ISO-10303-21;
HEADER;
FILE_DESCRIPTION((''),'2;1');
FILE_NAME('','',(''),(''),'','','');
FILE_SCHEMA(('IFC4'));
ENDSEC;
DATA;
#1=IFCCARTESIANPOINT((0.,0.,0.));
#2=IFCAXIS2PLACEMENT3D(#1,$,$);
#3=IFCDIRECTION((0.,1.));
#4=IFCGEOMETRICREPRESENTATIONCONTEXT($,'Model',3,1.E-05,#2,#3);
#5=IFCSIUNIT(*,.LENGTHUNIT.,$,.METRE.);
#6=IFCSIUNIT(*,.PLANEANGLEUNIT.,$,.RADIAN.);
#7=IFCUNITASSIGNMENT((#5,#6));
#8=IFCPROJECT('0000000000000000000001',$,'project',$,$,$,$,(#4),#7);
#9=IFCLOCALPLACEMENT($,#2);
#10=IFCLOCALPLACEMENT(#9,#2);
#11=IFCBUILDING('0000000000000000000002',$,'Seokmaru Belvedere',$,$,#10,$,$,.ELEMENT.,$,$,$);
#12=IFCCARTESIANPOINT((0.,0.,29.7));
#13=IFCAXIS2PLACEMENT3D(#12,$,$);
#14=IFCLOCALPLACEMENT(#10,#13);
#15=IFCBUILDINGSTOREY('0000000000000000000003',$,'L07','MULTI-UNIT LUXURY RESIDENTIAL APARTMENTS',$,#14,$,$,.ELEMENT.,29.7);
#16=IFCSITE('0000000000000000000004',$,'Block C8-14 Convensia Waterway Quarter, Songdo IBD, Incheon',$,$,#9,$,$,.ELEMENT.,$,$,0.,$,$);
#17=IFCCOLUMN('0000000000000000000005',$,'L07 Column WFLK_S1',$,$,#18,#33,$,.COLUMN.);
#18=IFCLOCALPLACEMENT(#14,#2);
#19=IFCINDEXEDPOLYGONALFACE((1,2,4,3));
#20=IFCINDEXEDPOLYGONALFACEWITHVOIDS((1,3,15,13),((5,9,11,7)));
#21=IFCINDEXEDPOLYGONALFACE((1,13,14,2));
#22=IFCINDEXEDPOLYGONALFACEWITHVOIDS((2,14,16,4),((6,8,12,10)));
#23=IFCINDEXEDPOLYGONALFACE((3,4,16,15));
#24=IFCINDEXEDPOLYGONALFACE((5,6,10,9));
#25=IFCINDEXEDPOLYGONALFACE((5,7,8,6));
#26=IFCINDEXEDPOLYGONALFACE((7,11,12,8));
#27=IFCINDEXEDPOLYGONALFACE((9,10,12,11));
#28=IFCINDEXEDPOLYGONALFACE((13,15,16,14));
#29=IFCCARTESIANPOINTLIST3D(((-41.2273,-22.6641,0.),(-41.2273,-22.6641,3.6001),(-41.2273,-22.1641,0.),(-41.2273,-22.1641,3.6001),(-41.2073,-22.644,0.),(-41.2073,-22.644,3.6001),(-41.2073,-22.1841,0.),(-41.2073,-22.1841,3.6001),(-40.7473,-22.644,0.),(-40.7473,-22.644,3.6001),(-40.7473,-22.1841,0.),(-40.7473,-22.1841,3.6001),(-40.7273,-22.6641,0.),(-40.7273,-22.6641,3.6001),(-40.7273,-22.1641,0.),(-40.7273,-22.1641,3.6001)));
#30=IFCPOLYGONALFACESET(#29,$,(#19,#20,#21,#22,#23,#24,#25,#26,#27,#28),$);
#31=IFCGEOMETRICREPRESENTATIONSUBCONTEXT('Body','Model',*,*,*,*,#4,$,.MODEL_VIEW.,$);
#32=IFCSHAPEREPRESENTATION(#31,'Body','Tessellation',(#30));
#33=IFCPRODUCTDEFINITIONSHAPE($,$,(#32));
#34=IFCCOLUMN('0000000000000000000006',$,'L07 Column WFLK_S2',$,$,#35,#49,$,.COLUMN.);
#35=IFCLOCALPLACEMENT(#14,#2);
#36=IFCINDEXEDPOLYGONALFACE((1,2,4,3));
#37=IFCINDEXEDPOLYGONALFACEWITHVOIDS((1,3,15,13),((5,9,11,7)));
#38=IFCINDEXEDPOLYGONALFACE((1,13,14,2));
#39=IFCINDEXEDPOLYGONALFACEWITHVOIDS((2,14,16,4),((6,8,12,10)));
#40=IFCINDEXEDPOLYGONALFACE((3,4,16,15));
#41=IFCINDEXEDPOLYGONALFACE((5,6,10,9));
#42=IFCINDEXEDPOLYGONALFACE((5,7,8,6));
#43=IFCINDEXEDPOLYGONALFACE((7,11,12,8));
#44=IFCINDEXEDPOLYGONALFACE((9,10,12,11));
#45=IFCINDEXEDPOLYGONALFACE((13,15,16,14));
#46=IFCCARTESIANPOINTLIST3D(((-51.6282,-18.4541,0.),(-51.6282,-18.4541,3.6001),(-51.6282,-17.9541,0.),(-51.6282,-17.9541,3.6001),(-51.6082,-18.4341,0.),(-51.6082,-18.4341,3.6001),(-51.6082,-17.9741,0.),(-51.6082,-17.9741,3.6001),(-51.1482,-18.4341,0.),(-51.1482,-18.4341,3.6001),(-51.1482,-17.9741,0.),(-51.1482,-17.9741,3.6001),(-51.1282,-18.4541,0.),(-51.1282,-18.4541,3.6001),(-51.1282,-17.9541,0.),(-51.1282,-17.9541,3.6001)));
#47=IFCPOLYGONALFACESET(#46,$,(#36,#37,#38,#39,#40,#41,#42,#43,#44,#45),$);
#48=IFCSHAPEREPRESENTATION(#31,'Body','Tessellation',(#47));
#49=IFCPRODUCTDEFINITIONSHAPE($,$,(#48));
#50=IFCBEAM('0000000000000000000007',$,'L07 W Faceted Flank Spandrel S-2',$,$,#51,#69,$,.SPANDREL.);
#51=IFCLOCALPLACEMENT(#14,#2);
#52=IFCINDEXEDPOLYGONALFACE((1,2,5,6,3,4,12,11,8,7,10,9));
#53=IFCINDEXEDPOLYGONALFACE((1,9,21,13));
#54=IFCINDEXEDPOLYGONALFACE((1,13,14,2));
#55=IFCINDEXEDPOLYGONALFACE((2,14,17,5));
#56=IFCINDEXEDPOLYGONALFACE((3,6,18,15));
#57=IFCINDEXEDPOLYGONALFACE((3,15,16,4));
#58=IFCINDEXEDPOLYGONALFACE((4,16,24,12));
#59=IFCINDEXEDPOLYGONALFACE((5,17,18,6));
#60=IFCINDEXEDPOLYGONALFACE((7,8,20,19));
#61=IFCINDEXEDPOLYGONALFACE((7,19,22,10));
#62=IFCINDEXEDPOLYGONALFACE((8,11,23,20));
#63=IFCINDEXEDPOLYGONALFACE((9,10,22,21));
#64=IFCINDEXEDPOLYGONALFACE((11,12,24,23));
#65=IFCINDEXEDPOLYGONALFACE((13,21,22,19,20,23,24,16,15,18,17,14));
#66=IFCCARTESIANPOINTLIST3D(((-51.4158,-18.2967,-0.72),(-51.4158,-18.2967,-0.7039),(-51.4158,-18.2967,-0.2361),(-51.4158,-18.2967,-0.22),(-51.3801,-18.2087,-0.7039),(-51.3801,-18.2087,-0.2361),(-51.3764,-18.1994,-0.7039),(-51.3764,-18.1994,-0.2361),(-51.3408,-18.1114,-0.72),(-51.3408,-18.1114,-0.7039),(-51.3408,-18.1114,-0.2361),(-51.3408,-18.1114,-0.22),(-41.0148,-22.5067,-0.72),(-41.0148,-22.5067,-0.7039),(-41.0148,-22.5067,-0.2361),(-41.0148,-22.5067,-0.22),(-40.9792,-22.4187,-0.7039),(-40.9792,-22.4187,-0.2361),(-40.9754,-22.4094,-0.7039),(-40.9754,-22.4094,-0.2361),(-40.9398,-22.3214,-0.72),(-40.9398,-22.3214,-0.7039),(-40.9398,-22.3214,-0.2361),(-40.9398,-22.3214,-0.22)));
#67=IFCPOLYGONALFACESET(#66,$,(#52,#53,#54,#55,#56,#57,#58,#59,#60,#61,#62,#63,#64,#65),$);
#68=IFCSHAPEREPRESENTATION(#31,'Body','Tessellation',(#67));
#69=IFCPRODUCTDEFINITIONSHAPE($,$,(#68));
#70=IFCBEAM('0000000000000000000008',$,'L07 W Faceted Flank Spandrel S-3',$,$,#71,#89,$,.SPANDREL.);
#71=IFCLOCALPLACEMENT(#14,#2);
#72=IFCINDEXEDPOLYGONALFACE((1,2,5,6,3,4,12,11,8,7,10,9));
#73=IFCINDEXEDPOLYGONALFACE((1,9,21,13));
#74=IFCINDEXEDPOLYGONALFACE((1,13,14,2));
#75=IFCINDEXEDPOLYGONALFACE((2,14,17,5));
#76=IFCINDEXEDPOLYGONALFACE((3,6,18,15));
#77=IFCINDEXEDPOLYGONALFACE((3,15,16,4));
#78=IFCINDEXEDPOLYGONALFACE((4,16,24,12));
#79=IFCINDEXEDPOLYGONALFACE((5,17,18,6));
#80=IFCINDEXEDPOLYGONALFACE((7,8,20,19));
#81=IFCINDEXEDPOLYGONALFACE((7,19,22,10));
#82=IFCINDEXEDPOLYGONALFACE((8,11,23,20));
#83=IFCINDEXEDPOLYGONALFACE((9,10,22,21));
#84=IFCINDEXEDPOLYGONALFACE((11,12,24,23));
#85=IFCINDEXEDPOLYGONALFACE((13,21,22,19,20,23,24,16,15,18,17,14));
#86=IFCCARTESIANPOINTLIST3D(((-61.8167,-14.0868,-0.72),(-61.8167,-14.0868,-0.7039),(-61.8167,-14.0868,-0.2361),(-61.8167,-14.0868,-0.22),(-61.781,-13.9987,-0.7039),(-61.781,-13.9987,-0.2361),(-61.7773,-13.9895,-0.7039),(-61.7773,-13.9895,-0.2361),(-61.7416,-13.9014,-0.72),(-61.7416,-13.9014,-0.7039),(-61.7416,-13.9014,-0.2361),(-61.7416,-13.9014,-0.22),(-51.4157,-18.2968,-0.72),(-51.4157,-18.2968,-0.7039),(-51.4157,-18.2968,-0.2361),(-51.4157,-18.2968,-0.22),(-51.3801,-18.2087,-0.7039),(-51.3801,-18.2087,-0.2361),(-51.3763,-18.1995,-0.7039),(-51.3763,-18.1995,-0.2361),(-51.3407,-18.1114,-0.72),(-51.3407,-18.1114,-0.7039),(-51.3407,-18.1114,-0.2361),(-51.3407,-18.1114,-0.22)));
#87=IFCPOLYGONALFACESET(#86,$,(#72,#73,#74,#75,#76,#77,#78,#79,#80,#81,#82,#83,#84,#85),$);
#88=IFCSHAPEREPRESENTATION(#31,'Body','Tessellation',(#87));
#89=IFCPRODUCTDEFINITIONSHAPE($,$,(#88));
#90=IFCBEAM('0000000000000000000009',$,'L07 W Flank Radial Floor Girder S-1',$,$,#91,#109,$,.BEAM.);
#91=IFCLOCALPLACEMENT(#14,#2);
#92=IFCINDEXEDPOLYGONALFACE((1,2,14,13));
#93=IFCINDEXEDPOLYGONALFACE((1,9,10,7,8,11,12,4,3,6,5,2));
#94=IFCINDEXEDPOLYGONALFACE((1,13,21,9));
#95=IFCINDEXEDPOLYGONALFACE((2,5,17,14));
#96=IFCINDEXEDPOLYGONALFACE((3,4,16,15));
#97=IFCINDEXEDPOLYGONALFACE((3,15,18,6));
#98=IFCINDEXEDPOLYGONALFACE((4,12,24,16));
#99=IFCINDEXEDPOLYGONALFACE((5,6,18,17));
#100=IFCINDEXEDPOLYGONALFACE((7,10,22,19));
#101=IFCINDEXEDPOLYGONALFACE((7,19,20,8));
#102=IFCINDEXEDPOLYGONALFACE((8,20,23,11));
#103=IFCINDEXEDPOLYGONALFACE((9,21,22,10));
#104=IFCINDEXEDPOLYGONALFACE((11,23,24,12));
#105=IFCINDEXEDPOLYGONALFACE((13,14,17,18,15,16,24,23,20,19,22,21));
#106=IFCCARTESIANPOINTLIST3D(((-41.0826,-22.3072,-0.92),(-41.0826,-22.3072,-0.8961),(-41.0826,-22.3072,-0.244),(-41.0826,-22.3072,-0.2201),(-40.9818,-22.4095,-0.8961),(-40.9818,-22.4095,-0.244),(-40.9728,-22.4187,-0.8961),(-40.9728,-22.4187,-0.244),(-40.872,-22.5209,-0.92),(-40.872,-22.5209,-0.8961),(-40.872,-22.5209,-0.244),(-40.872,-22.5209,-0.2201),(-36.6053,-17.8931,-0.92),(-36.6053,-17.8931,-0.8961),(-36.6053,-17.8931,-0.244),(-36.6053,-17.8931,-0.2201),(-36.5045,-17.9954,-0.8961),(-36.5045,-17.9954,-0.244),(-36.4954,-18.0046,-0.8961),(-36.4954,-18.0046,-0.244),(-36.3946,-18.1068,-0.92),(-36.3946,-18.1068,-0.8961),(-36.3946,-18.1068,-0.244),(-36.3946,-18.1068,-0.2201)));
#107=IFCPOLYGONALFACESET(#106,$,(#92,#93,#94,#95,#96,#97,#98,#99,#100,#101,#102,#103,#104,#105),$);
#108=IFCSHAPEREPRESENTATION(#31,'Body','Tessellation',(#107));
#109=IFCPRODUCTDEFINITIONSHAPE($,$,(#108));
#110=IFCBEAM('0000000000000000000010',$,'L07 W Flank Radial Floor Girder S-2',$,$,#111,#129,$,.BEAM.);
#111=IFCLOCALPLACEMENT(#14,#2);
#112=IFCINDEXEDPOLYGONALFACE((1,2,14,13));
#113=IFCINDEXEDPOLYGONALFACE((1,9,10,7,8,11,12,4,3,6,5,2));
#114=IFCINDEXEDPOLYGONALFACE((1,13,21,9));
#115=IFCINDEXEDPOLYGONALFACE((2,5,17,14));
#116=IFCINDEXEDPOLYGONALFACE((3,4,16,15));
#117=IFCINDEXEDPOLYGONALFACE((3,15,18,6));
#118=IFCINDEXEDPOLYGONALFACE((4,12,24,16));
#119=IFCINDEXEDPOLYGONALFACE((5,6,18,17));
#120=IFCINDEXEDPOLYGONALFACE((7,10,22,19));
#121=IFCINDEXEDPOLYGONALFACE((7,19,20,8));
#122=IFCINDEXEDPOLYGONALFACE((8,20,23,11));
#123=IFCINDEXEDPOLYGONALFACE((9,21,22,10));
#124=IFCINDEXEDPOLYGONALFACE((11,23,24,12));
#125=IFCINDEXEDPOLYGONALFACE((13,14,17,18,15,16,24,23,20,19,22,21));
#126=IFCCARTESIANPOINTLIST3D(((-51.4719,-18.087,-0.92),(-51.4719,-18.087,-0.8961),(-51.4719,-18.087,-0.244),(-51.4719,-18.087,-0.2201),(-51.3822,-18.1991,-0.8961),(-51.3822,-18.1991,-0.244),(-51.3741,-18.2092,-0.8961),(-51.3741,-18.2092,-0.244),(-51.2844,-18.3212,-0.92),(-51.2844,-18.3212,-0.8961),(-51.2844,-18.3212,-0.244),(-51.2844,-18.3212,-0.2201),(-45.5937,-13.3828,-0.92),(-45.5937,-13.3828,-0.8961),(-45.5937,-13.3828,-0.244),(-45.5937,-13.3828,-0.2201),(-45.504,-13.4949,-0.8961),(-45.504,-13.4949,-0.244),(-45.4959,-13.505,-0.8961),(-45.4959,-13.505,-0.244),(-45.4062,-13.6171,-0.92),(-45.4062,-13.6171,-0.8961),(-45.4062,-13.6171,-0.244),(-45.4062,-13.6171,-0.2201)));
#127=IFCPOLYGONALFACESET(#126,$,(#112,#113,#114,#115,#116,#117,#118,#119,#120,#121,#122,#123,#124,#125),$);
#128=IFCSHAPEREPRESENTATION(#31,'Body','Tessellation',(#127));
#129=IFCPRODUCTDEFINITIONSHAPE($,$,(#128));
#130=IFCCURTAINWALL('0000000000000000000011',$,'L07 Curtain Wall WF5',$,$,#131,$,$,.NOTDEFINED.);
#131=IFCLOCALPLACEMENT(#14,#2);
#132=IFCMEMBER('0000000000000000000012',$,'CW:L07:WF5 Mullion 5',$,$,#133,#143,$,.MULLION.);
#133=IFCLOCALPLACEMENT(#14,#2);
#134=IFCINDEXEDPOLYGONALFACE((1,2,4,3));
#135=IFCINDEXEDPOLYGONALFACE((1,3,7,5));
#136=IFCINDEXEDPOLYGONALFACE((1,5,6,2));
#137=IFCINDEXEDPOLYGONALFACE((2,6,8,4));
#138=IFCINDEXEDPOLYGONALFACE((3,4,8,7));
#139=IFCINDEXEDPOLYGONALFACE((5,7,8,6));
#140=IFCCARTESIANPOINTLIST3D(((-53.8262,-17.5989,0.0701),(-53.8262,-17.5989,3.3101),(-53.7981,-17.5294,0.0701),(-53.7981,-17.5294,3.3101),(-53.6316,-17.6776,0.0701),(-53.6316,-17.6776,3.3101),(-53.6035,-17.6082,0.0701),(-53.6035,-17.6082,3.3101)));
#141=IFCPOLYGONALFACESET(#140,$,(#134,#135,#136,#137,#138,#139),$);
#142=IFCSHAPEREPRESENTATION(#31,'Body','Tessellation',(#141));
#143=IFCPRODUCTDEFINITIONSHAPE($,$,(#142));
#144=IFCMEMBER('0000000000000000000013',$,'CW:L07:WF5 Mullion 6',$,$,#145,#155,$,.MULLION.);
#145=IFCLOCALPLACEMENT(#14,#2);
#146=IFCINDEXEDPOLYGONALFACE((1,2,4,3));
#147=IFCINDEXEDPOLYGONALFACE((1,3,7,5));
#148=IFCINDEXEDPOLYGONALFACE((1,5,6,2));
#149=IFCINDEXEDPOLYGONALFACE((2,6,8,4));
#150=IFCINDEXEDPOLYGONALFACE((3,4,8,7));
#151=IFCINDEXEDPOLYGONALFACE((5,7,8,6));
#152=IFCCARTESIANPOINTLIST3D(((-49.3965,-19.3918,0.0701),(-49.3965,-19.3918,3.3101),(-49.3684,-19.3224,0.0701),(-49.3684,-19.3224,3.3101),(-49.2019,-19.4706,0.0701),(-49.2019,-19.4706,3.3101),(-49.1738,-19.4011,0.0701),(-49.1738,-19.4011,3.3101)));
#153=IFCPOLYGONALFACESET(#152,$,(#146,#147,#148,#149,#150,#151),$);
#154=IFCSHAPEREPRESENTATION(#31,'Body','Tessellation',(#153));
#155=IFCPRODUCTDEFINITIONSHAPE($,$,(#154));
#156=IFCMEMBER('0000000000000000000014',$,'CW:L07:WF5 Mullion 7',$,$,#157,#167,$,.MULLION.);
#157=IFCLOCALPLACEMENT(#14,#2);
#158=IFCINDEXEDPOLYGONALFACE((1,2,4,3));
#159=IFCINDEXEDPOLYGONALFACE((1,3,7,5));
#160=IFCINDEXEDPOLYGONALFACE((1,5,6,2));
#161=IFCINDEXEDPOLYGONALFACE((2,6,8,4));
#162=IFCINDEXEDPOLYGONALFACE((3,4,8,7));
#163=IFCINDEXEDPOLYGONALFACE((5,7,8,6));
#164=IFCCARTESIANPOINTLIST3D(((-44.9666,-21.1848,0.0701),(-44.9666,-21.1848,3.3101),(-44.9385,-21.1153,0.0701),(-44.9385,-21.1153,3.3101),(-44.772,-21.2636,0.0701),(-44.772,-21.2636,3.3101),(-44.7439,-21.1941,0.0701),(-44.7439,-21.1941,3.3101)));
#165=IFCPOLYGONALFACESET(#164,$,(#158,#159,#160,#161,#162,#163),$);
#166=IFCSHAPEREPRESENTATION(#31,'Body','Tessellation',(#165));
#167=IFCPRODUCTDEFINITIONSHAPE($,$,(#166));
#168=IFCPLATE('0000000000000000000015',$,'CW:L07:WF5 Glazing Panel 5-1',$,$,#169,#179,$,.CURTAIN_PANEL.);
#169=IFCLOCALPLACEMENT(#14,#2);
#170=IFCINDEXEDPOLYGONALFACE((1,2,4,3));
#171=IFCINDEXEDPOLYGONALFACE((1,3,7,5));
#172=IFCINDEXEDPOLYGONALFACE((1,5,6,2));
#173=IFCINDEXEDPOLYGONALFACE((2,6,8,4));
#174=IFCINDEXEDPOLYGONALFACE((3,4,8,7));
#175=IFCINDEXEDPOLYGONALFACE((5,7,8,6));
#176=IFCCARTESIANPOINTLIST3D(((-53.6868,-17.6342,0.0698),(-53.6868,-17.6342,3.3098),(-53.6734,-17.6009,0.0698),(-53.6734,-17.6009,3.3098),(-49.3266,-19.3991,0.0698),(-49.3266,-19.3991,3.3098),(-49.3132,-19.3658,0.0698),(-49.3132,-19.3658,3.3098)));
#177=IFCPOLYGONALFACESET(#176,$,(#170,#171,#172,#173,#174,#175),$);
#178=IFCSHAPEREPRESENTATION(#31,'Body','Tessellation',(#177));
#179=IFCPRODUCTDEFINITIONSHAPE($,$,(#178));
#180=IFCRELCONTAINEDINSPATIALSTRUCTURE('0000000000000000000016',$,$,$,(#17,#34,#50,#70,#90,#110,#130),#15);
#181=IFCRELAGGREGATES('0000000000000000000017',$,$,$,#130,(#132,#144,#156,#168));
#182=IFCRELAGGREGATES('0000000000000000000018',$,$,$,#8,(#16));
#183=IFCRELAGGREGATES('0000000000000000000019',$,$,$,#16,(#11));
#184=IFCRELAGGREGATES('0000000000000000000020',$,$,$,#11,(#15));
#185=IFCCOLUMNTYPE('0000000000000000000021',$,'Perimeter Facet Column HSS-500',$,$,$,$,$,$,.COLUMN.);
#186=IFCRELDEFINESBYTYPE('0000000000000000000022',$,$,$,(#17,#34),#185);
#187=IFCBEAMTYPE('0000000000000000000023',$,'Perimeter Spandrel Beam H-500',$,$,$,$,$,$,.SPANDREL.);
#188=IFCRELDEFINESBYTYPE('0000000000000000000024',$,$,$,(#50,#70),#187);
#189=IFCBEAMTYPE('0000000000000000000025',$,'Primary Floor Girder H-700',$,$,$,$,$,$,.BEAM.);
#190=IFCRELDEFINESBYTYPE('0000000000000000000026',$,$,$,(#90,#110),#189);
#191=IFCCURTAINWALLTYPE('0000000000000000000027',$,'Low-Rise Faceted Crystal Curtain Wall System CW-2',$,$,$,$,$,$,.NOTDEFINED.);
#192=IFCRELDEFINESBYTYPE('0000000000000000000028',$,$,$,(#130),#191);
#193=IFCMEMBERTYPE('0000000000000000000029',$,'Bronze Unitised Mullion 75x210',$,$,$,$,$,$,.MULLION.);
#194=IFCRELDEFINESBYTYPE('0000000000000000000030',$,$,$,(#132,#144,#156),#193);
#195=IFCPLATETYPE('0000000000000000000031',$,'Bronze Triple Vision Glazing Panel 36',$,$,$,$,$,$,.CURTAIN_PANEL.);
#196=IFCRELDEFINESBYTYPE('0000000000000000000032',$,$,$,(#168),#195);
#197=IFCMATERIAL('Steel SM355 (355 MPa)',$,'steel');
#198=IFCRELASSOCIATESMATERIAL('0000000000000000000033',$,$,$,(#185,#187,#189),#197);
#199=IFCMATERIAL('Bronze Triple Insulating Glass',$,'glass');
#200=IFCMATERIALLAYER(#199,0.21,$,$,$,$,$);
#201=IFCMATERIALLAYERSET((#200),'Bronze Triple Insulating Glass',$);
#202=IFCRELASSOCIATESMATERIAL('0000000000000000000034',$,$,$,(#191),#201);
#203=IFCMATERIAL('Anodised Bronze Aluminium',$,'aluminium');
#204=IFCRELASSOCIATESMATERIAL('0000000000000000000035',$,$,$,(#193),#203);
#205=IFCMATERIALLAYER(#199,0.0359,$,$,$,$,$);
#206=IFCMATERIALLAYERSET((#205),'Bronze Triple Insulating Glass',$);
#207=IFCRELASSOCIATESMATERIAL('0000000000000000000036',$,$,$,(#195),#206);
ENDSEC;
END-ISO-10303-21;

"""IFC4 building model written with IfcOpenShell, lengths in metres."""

from ifc_helpers import new_model, si_unit, direction, frame, origin, origin_2d, place, context, subcontext, project, spatial, rectangle, hollow_rectangle, i_section, extrude, source, transform, mapped, material, layer, layer_set, material_profile, profile_set, type_object, type_shapes, element, aggregate, save


model = new_model("IFC4")

# Units and contexts
model_context = context("Model", 3, precision=1e-05, world=origin(), true_north=direction((0.0, 1.0)))
body_context = subcontext(model_context, "Body", "Model", "MODEL_VIEW")
ifc_project = project(units=[si_unit("LENGTHUNIT", "METRE"), si_unit("PLANEANGLEUNIT", "RADIAN")], contexts=[model_context])

# Site, building, storey
site_placement = place(None, origin())
site = spatial("IfcSite", under=ifc_project, at=site_placement, Name="Block C8-14 Convensia Waterway Quarter, Songdo IBD, Incheon", CompositionType="ELEMENT", RefElevation=0.0)
building_placement = place(site_placement, origin())
building = spatial("IfcBuilding", under=site, at=building_placement, Name="Seokmaru Belvedere", CompositionType="ELEMENT")
storey_placement = place(building_placement, frame((0.0, 0.0, 29.7)))
storey = spatial("IfcBuildingStorey", under=building, at=storey_placement, Name="L07", Description="MULTI-UNIT LUXURY RESIDENTIAL APARTMENTS", CompositionType="ELEMENT", Elevation=29.7)

# Columns
ifc_material_1 = material(Name="Steel SM355 (355 MPa)", Category="steel")
ifc_material_profile_1 = material_profile(ifc_material_1, hollow_rectangle(XDim=0.5, YDim=0.5, WallThickness=0.02, at=origin_2d()), Name="HSS-500x500x20")
ifc_profile_set_1 = profile_set([ifc_material_profile_1], Name="Steel SM355 (355 MPa)")
column_type = type_object("IfcColumnType", Name="Perimeter Facet Column HSS-500", PredefinedType="COLUMN", material=ifc_profile_set_1)
shared_shape_1 = source(origin(), body_context, "Body", "SweptSolid", [
    extrude(hollow_rectangle(XDim=0.5, YDim=0.5, WallThickness=0.02, at=origin_2d()), origin(), (0.0, 0.0, 1.0), 3.6001),
])
type_shapes(column_type, [shared_shape_1])
for number, where, z_axis, x_axis, name in (
    (1, (-40.9773, -22.4141, 0.0), (0.0, 0.0, 1.0), (1.0, 0.0, 0.0), "L07 Column WFLK_S1"),
    (2, (-51.3782, -18.2041, 0.0), (0.0, 0.0, 1.0), (1.0, 0.0, 0.0), "L07 Column WFLK_S2"),
):
    element("IfcColumn", number, at=place(storey_placement, frame(where, z_axis=z_axis, x_axis=x_axis)), inside=storey, type_object=column_type, Name=name, PredefinedType="COLUMN", context=body_context, shape_type="MappedRepresentation", body=[
        mapped(shared_shape_1, transform((0.0, 0.0, 0.0), scale=1.0)),
    ])

# Beams
ifc_material_profile_2 = material_profile(ifc_material_1, i_section(OverallWidth=0.2, OverallDepth=0.5, WebThickness=0.01, FlangeThickness=0.0161, at=origin_2d()), Name="H-500x200x10x16")
ifc_profile_set_2 = profile_set([ifc_material_profile_2], Name="Steel SM355 (355 MPa)")
beam_type_1 = type_object("IfcBeamType", Name="Perimeter Spandrel Beam H-500", PredefinedType="SPANDREL", material=ifc_profile_set_2)
shared_shape_2 = source(origin(), body_context, "Body", "SweptSolid", [
    extrude(i_section(OverallWidth=0.2, OverallDepth=0.5, WebThickness=0.01, FlangeThickness=0.0161, at=origin_2d()), origin(), (0.0, 0.0, 1.0), 11.2207),
])
type_shapes(beam_type_1, [shared_shape_2])
for number, where, z_axis, x_axis, name in (
    (3, (-40.9773, -22.4141, -0.47), (-0.926944, 0.375199, 0.0), (-0.375199, -0.926944, 0.0), "L07 W Faceted Flank Spandrel S-2"),
    (4, (-51.3782, -18.2041, -0.47), (-0.926944, 0.375199, 0.0), (-0.375199, -0.926944, 0.0), "L07 W Faceted Flank Spandrel S-3"),
):
    element("IfcBeam", number, at=place(storey_placement, frame(where, z_axis=z_axis, x_axis=x_axis)), inside=storey, type_object=beam_type_1, Name=name, PredefinedType="SPANDREL", context=body_context, shape_type="MappedRepresentation", body=[
        mapped(shared_shape_2, transform((0.0, 0.0, 0.0), scale=1.0)),
    ])
ifc_material_profile_3 = material_profile(ifc_material_1, i_section(OverallWidth=0.3, OverallDepth=0.7, WebThickness=0.0129, FlangeThickness=0.0239, at=origin_2d()), Name="H-700x300x13x24")
ifc_profile_set_3 = profile_set([ifc_material_profile_3], Name="Steel SM355 (355 MPa)")
beam_type_2 = type_object("IfcBeamType", Name="Primary Floor Girder H-700", PredefinedType="BEAM", material=ifc_profile_set_3)
shared_shape_3 = source(origin(), body_context, "Body", "SweptSolid", [
    extrude(i_section(OverallWidth=0.3, OverallDepth=0.7, WebThickness=0.0129, FlangeThickness=0.0239, at=origin_2d()), origin(), (0.0, 0.0, 1.0), 6.2874),
])
beam_1_placement = place(storey_placement, frame((-40.9773, -22.4141, -0.5701), z_axis=(0.712117, 0.70206, 0.0), x_axis=(-0.70206, 0.712117, 0.0)))
element("IfcBeam", 5, at=beam_1_placement, inside=storey, type_object=beam_type_2, Name="L07 W Flank Radial Floor Girder S-1", PredefinedType="BEAM", context=body_context, shape_type="MappedRepresentation", body=[
    mapped(shared_shape_3, transform((0.0, 0.0, 0.0), scale=1.0)),
])
shared_shape_4 = source(origin(), body_context, "Body", "SweptSolid", [
    extrude(i_section(OverallWidth=0.3, OverallDepth=0.7, WebThickness=0.0129, FlangeThickness=0.0239, at=origin_2d()), origin(), (0.0, 0.0, 1.0), 7.5288),
])
type_shapes(beam_type_2, [shared_shape_3, shared_shape_4])
beam_2_placement = place(storey_placement, frame((-51.3782, -18.2041, -0.5701), z_axis=(0.780768, 0.624822, 0.0), x_axis=(-0.624822, 0.780768, 0.0)))
element("IfcBeam", 6, at=beam_2_placement, inside=storey, type_object=beam_type_2, Name="L07 W Flank Radial Floor Girder S-2", PredefinedType="BEAM", context=body_context, shape_type="MappedRepresentation", body=[
    mapped(shared_shape_4, transform((0.0, 0.0, 0.0), scale=1.0)),
])

# Curtain wall, members, plate
ifc_material_2 = material(Name="Bronze Triple Insulating Glass", Category="glass")
ifc_layer_1 = layer(ifc_material_2, 0.21)
ifc_layer_set_1 = layer_set([ifc_layer_1], Name="Bronze Triple Insulating Glass")
curtain_wall_type = type_object("IfcCurtainWallType", Name="Low-Rise Faceted Crystal Curtain Wall System CW-2", PredefinedType="NOTDEFINED", material=ifc_layer_set_1)
curtain_wall_placement = place(storey_placement, origin())
curtain_wall = element("IfcCurtainWall", 7, at=curtain_wall_placement, inside=storey, type_object=curtain_wall_type, Name="L07 Curtain Wall WF5", PredefinedType="NOTDEFINED")
ifc_material_3 = material(Name="Anodised Bronze Aluminium", Category="aluminium")
ifc_material_profile_4 = material_profile(ifc_material_3, rectangle(XDim=0.075, YDim=0.21, at=origin_2d()), Name="CW-M-75x210")
ifc_profile_set_4 = profile_set([ifc_material_profile_4], Name="Anodised Bronze Aluminium")
member_type = type_object("IfcMemberType", Name="Bronze Unitised Mullion 75x210", PredefinedType="MULLION", material=ifc_profile_set_4)
shared_shape_5 = source(origin(), body_context, "Body", "SweptSolid", [
    extrude(rectangle(XDim=0.075, YDim=0.21, at=origin_2d()), origin(), (0.0, 0.0, 1.0), 3.24),
])
type_shapes(member_type, [shared_shape_5])
member_1_placement = place(storey_placement, frame((-53.7148, -17.6035, 0.0701), z_axis=(0.0, 0.0, 1.0), x_axis=(0.375192, 0.926947, 0.0)))
member_1 = element("IfcMember", 8, at=member_1_placement, type_object=member_type, Name="CW:L07:WF5 Mullion 5", PredefinedType="MULLION", context=body_context, shape_type="MappedRepresentation", body=[
    mapped(shared_shape_5, transform((0.0, 0.0, 0.0), scale=1.0)),
])
member_2_placement = place(storey_placement, frame((-49.2852, -19.3965, 0.0701), z_axis=(0.0, 0.0, 1.0), x_axis=(0.375192, 0.926947, 0.0)))
member_2 = element("IfcMember", 9, at=member_2_placement, type_object=member_type, Name="CW:L07:WF5 Mullion 6", PredefinedType="MULLION", context=body_context, shape_type="MappedRepresentation", body=[
    mapped(shared_shape_5, transform((0.0, 0.0, 0.0), scale=1.0)),
])
member_3_placement = place(storey_placement, frame((-44.8552, -21.1895, 0.0701), z_axis=(0.0, 0.0, 1.0), x_axis=(0.375192, 0.926947, 0.0)))
member_3 = element("IfcMember", 10, at=member_3_placement, type_object=member_type, Name="CW:L07:WF5 Mullion 7", PredefinedType="MULLION", context=body_context, shape_type="MappedRepresentation", body=[
    mapped(shared_shape_5, transform((0.0, 0.0, 0.0), scale=1.0)),
])
ifc_layer_2 = layer(ifc_material_2, 0.0359)
ifc_layer_set_2 = layer_set([ifc_layer_2], Name="Bronze Triple Insulating Glass")
plate_type = type_object("IfcPlateType", Name="Bronze Triple Vision Glazing Panel 36", PredefinedType="CURTAIN_PANEL", material=ifc_layer_set_2)
shared_shape_6 = source(origin(), body_context, "Body", "SweptSolid", [
    extrude(rectangle(XDim=4.7039, YDim=0.0359, at=origin_2d()), origin(), (0.0, 0.0, 1.0), 3.24),
])
type_shapes(plate_type, [shared_shape_6])
plate_1_placement = place(storey_placement, frame((-51.5, -18.5, 0.0698), z_axis=(0.0, 0.0, 1.0), x_axis=(0.926947, -0.375192, 0.0)))
plate_1 = element("IfcPlate", 11, at=plate_1_placement, type_object=plate_type, Name="CW:L07:WF5 Glazing Panel 5-1", PredefinedType="CURTAIN_PANEL", context=body_context, shape_type="MappedRepresentation", body=[
    mapped(shared_shape_6, transform((0.0, 0.0, 0.0), scale=1.0)),
])
aggregate(curtain_wall, [member_1, member_2, member_3, plate_1])

save(model, "model.ifc")
